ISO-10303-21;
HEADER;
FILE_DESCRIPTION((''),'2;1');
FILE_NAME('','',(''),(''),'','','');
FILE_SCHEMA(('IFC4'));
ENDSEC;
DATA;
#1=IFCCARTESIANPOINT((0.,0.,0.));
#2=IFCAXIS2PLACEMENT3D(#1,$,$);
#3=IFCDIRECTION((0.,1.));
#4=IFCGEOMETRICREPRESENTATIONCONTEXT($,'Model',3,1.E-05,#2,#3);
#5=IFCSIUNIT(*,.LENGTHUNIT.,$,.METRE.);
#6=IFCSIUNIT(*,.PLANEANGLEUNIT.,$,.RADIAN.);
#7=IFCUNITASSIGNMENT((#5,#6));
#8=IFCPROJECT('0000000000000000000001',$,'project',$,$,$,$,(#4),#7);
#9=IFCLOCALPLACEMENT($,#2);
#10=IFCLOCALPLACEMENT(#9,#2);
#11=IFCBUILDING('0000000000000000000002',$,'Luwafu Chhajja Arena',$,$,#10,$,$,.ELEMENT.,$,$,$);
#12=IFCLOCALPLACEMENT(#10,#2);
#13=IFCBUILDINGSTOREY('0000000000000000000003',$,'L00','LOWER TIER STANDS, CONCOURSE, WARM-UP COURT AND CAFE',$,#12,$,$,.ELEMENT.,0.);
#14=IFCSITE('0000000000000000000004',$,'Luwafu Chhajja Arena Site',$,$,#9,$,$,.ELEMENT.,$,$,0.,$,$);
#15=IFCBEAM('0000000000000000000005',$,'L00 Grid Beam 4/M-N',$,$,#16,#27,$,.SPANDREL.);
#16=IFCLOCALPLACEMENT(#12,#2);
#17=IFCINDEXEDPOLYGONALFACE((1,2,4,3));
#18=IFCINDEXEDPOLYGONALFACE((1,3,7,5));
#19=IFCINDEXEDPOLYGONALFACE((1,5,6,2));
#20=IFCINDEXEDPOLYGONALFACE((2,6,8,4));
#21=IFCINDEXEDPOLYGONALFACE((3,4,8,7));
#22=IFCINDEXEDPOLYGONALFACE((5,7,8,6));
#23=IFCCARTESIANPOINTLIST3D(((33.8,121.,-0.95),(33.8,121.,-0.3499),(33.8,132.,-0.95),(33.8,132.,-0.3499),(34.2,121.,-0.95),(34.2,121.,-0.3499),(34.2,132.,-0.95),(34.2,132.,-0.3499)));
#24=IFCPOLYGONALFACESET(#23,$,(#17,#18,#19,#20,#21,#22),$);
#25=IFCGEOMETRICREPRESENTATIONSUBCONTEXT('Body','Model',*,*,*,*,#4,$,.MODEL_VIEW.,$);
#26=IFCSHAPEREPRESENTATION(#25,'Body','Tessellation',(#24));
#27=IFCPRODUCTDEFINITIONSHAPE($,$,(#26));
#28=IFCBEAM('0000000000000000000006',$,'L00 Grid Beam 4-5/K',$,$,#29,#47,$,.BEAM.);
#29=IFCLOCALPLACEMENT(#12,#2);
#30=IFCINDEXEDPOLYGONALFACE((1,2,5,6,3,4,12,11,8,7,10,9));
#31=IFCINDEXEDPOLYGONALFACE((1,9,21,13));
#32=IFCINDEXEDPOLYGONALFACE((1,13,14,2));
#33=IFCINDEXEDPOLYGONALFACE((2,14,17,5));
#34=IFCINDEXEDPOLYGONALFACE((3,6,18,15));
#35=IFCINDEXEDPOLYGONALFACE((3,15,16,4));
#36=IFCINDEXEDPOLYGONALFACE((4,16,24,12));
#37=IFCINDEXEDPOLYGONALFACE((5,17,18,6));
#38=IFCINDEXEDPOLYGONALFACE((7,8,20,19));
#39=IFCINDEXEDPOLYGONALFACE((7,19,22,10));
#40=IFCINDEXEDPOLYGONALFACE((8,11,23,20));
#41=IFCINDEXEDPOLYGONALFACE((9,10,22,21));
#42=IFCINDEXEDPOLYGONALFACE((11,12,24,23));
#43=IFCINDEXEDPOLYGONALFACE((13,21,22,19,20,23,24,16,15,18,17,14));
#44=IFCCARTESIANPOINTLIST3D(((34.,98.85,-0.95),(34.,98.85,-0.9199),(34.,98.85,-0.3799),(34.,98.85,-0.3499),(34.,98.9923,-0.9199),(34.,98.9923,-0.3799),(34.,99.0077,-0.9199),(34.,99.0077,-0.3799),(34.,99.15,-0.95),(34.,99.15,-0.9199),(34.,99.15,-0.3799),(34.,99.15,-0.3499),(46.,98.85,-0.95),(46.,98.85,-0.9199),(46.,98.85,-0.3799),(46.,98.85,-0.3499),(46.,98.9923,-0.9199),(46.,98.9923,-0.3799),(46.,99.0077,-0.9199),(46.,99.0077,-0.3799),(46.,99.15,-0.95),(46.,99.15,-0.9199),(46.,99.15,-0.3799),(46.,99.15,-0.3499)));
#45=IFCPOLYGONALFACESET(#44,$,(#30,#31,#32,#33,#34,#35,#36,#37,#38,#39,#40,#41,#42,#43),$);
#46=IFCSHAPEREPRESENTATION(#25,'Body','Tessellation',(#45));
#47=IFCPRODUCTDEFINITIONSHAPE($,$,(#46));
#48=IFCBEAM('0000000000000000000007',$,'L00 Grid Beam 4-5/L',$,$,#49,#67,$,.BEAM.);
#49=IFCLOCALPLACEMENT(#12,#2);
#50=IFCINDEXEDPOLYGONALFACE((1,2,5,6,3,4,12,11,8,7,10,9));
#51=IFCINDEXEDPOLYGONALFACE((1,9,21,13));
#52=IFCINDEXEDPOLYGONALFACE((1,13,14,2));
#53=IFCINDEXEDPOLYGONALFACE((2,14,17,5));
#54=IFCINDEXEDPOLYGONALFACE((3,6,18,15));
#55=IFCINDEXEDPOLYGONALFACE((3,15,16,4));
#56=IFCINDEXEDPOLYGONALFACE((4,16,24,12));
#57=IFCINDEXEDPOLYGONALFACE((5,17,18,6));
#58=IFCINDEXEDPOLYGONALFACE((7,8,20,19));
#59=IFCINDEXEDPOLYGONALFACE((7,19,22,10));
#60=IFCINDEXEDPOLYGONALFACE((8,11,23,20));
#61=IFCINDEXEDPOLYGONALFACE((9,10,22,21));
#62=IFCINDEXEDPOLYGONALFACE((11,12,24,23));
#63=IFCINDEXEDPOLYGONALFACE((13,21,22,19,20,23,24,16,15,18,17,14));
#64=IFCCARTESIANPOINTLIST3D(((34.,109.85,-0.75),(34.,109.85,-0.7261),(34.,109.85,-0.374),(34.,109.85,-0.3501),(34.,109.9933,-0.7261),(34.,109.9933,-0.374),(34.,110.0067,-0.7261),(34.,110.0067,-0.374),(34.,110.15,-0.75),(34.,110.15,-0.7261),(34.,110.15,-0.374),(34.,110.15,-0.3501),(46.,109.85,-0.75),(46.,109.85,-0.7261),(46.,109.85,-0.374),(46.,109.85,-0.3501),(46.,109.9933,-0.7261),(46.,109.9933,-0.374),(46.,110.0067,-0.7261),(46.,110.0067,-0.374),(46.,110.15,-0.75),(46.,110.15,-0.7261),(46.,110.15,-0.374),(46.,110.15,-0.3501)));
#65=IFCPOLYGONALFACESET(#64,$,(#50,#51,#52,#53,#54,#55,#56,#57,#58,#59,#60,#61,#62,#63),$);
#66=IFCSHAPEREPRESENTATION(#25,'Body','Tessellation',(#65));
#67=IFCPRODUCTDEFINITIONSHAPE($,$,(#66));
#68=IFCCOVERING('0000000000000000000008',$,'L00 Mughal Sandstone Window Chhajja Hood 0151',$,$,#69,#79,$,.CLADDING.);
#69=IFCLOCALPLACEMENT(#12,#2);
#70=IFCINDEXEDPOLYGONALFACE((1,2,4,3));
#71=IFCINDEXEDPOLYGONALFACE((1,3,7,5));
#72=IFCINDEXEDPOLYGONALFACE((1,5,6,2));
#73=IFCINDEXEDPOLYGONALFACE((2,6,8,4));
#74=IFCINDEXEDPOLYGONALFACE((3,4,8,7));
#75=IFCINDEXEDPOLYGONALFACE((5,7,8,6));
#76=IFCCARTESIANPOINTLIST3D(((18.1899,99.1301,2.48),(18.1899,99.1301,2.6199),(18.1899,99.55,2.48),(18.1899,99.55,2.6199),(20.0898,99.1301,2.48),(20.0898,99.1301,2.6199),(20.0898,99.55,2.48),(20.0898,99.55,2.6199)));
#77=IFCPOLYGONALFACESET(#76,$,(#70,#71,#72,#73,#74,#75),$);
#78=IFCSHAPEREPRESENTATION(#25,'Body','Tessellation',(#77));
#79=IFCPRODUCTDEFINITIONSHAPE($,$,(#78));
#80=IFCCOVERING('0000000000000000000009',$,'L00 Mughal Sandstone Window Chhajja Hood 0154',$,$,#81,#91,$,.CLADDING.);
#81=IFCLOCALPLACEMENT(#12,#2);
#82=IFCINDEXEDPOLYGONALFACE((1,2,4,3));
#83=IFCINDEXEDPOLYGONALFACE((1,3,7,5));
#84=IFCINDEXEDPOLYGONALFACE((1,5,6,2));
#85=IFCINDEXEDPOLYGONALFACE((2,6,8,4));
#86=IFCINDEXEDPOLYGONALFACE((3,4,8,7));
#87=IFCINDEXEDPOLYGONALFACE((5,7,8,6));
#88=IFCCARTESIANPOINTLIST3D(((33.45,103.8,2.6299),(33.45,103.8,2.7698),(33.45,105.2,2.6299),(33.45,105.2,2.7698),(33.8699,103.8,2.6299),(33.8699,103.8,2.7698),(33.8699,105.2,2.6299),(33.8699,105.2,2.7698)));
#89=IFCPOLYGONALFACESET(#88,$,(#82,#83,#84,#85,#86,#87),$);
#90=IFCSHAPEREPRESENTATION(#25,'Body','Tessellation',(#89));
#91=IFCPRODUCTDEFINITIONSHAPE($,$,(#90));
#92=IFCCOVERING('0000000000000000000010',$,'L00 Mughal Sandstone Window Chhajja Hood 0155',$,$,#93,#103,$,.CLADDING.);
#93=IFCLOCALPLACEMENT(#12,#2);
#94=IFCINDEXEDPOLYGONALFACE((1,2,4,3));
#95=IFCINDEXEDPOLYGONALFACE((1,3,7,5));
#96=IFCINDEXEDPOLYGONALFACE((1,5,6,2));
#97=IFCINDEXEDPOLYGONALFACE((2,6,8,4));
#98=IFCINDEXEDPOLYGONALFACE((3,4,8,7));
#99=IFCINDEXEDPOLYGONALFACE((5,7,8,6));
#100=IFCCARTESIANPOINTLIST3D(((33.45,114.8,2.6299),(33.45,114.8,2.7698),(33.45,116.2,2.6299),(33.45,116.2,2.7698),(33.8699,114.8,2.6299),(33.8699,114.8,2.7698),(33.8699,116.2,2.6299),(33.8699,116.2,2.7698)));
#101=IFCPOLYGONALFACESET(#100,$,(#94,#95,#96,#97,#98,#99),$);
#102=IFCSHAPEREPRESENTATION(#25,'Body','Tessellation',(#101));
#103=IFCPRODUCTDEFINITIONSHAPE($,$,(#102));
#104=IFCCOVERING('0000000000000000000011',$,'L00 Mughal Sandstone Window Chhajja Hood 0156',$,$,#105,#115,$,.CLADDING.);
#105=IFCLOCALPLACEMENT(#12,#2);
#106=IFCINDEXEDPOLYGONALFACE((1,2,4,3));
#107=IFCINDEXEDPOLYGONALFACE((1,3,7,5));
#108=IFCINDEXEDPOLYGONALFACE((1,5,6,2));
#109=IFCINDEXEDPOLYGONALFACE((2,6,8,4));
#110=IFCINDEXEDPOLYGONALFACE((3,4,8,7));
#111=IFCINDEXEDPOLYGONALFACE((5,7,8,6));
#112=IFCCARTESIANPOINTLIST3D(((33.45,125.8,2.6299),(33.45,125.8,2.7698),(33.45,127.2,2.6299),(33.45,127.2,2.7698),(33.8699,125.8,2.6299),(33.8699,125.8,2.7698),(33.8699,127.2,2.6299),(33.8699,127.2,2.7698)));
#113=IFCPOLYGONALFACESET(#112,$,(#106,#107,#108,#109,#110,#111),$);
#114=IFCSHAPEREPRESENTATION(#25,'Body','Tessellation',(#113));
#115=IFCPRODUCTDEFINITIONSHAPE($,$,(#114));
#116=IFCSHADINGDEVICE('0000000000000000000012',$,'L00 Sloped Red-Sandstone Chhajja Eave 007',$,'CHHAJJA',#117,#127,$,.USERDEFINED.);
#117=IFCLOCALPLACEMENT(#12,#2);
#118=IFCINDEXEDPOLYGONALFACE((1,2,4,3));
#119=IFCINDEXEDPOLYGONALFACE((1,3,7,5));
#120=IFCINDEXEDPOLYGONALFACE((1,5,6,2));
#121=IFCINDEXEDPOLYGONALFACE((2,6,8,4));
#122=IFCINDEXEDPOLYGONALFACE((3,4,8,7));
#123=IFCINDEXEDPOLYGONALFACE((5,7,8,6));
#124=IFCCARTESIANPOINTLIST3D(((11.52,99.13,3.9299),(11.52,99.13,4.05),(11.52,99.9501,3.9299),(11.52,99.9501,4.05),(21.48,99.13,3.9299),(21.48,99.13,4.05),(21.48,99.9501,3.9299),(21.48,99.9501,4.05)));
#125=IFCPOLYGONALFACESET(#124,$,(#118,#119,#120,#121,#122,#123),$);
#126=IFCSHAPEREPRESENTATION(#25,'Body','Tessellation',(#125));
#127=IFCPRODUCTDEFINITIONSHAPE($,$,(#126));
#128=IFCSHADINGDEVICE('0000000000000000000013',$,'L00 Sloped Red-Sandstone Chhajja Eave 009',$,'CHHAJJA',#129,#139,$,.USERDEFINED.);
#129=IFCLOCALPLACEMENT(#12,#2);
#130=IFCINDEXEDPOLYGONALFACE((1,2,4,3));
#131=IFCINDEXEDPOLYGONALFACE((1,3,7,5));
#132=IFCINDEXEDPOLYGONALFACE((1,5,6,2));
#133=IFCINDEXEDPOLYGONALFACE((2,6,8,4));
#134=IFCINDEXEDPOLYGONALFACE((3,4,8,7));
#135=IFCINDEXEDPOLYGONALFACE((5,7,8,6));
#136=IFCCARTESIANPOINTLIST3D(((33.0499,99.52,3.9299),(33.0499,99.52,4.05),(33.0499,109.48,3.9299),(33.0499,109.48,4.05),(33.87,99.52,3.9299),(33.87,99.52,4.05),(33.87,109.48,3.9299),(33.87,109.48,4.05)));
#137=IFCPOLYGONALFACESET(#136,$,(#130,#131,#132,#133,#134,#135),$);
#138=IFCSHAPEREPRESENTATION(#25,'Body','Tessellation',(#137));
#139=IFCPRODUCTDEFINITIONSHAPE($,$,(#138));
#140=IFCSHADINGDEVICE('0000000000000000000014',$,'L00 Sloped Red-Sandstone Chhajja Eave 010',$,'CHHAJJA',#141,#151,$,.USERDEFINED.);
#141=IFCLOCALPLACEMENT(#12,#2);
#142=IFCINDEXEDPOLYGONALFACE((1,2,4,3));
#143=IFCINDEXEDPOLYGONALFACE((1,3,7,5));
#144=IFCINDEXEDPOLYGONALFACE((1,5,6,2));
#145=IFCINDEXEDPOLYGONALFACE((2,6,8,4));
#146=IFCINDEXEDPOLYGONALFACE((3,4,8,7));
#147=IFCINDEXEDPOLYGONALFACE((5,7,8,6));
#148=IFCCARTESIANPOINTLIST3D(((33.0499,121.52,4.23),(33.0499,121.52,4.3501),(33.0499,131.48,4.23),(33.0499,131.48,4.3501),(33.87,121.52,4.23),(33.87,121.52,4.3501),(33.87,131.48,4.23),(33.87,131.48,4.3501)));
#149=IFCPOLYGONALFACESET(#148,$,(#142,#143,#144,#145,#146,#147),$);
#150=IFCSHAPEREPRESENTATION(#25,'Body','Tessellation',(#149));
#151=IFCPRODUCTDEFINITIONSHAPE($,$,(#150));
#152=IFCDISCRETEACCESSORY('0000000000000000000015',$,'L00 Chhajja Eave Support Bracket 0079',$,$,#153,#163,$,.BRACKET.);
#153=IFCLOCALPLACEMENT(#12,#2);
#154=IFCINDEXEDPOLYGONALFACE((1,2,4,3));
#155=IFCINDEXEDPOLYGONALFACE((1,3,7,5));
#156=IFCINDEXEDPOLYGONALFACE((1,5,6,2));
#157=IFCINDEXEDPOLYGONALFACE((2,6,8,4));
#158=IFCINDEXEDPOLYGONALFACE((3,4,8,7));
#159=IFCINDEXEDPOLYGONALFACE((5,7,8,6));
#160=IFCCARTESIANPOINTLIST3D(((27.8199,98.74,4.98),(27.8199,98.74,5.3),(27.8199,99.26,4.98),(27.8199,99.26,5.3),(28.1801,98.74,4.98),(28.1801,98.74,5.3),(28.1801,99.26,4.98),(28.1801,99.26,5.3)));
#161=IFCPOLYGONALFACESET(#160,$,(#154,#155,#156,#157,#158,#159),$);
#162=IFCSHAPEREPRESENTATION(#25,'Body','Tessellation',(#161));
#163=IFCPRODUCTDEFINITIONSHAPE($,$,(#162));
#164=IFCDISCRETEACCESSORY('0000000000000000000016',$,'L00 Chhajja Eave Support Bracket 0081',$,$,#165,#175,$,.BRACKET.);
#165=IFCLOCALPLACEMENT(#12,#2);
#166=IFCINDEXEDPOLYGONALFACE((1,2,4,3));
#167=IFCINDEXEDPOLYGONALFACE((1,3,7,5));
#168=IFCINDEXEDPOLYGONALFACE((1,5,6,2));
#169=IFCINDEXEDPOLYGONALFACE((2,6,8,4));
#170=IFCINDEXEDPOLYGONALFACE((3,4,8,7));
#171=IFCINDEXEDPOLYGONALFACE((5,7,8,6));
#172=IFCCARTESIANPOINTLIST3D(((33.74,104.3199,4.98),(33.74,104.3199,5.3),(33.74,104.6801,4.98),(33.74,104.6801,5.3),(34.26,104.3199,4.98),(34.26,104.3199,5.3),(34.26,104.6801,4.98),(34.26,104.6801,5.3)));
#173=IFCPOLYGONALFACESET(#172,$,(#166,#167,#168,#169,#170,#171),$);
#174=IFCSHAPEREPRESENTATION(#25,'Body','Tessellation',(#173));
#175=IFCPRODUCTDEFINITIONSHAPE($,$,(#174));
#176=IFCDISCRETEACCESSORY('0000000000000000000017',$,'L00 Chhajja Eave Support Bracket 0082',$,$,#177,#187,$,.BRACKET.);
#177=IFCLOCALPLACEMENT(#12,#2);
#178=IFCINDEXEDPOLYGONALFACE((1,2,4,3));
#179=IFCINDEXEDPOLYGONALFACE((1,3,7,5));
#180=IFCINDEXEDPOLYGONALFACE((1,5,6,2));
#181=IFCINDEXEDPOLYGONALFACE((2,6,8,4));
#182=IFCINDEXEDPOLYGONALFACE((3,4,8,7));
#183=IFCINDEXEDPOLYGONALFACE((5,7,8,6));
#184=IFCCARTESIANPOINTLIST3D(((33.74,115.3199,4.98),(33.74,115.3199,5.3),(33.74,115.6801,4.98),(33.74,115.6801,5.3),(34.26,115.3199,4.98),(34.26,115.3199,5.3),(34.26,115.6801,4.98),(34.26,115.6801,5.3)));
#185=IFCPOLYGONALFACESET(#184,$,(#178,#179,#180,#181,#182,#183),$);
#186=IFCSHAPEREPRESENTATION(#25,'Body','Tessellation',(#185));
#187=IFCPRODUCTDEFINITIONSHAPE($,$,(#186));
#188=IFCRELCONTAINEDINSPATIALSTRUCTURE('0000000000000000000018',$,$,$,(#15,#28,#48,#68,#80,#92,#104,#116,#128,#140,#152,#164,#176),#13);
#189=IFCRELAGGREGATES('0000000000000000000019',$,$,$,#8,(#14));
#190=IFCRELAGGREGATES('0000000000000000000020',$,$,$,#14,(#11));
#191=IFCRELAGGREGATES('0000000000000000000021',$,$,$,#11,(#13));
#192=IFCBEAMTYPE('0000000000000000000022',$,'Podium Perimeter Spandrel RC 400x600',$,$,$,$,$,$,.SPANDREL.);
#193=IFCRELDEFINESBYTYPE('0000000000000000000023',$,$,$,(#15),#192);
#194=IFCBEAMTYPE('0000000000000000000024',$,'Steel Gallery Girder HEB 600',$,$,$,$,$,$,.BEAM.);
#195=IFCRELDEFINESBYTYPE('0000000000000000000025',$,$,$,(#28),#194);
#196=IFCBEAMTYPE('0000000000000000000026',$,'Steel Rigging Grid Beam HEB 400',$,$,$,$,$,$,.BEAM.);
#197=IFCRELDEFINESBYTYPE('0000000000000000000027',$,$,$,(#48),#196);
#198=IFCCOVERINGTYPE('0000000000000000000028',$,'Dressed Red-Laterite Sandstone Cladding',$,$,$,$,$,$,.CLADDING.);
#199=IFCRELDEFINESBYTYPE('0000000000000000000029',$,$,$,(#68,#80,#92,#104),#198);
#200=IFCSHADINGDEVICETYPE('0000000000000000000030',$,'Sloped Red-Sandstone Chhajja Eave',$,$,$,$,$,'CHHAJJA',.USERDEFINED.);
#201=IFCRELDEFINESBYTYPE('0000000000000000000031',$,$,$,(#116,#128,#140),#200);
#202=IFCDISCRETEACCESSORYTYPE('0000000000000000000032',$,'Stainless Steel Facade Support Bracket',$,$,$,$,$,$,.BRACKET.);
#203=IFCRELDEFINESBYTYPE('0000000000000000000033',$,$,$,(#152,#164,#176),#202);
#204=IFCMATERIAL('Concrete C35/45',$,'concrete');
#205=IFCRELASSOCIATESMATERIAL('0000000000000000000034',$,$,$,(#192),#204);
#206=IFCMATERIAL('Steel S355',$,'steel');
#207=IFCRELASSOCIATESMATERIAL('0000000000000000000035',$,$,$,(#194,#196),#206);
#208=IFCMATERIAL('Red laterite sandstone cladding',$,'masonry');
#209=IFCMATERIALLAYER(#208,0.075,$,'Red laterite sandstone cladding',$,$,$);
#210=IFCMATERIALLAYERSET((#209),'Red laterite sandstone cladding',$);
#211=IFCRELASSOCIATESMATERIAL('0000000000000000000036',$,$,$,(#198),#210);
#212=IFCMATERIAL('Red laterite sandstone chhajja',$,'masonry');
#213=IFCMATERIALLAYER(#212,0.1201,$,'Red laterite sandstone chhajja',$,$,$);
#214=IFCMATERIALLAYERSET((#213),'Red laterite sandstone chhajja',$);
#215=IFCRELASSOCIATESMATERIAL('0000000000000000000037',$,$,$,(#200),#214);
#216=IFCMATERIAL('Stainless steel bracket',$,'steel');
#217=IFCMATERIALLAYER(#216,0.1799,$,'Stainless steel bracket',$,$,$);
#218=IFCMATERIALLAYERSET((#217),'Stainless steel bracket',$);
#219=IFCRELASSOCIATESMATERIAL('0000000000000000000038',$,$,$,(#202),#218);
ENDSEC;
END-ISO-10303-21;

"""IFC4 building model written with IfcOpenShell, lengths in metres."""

from ifc_helpers import new_model, si_unit, direction, frame, origin, origin_2d, place, context, subcontext, project, spatial, rectangle, i_section, extrude, material, layer, layer_set, material_profile, profile_set, type_object, element, save


model = new_model("IFC4")

# Units and contexts
model_context = context("Model", 3, precision=1e-05, world=origin(), true_north=direction((0.0, 1.0)))
body_context = subcontext(model_context, "Body", "Model", "MODEL_VIEW")
ifc_project = project(units=[si_unit("LENGTHUNIT", "METRE"), si_unit("PLANEANGLEUNIT", "RADIAN")], contexts=[model_context])

# Site, building, storey
site_placement = place(None, origin())
site = spatial("IfcSite", under=ifc_project, at=site_placement, Name="Luwafu Chhajja Arena Site", CompositionType="ELEMENT", RefElevation=0.0)
building_placement = place(site_placement, origin())
building = spatial("IfcBuilding", under=site, at=building_placement, Name="Luwafu Chhajja Arena", CompositionType="ELEMENT")
storey_placement = place(building_placement, origin())
storey = spatial("IfcBuildingStorey", under=building, at=storey_placement, Name="L00", Description="LOWER TIER STANDS, CONCOURSE, WARM-UP COURT AND CAFE", CompositionType="ELEMENT", Elevation=0.0)

# Shared definitions
ifc_material_1 = material(Name="Concrete C35/45", Category="concrete")

# Beams
ifc_material_2 = material(Name="Steel S355", Category="steel")
ifc_material_profile_1 = material_profile(ifc_material_1, rectangle(XDim=0.3999, YDim=0.6001, at=origin_2d()), Name="RC 400x600")
ifc_profile_set_1 = profile_set([ifc_material_profile_1], Name="Concrete C35/45")
beam_type_1 = type_object("IfcBeamType", Name="Podium Perimeter Spandrel RC 400x600", PredefinedType="SPANDREL", material=ifc_profile_set_1)
beam_1_placement = place(storey_placement, frame((34.0, 121.0, -0.6499), z_axis=(0.0, 1.0, 0.0), x_axis=(-1.0, 0.0, 0.0)))
element("IfcBeam", 1, at=beam_1_placement, inside=storey, type_object=beam_type_1, Name="L00 Grid Beam 4/M-N", PredefinedType="SPANDREL", context=body_context, shape_type="SweptSolid", body=[
    extrude(rectangle(XDim=0.3999, YDim=0.6001, at=origin_2d()), origin(), (0.0, 0.0, 1.0), 11.0),
])
ifc_material_profile_2 = material_profile(ifc_material_2, i_section(OverallWidth=0.3, OverallDepth=0.6001, WebThickness=0.0154, FlangeThickness=0.03, at=origin_2d()), Name="HEB 600")
ifc_profile_set_2 = profile_set([ifc_material_profile_2], Name="Steel S355")
beam_type_2 = type_object("IfcBeamType", Name="Steel Gallery Girder HEB 600", PredefinedType="BEAM", material=ifc_profile_set_2)
beam_2_placement = place(storey_placement, frame((34.0, 99.0, -0.6499), z_axis=(1.0, 0.0, 0.0), x_axis=(0.0, 1.0, 0.0)))
element("IfcBeam", 2, at=beam_2_placement, inside=storey, type_object=beam_type_2, Name="L00 Grid Beam 4-5/K", PredefinedType="BEAM", context=body_context, shape_type="SweptSolid", body=[
    extrude(i_section(OverallWidth=0.3, OverallDepth=0.6001, WebThickness=0.0154, FlangeThickness=0.03, at=origin_2d()), origin(), (0.0, 0.0, 1.0), 12.0),
])
ifc_material_profile_3 = material_profile(ifc_material_2, i_section(OverallWidth=0.3, OverallDepth=0.3999, WebThickness=0.0134, FlangeThickness=0.0239, at=origin_2d()), Name="HEB 400")
ifc_profile_set_3 = profile_set([ifc_material_profile_3], Name="Steel S355")
beam_type_3 = type_object("IfcBeamType", Name="Steel Rigging Grid Beam HEB 400", PredefinedType="BEAM", material=ifc_profile_set_3)
beam_3_placement = place(storey_placement, frame((34.0, 110.0, -0.55), z_axis=(1.0, 0.0, 0.0), x_axis=(0.0, 1.0, 0.0)))
element("IfcBeam", 3, at=beam_3_placement, inside=storey, type_object=beam_type_3, Name="L00 Grid Beam 4-5/L", PredefinedType="BEAM", context=body_context, shape_type="SweptSolid", body=[
    extrude(i_section(OverallWidth=0.3, OverallDepth=0.3999, WebThickness=0.0134, FlangeThickness=0.0239, at=origin_2d()), origin(), (0.0, 0.0, 1.0), 12.0),
])

# Coverings
ifc_material_3 = material(Name="Red laterite sandstone cladding", Category="masonry")
ifc_layer_1 = layer(ifc_material_3, 0.075, Name="Red laterite sandstone cladding")
ifc_layer_set_1 = layer_set([ifc_layer_1], Name="Red laterite sandstone cladding")
covering_type = type_object("IfcCoveringType", Name="Dressed Red-Laterite Sandstone Cladding", PredefinedType="CLADDING", material=ifc_layer_set_1)
covering_placement = place(storey_placement, frame((19.1399, 99.3401, 2.48), z_axis=(0.0, 0.0, 1.0), x_axis=(1.0, 0.0, 0.0)))
element("IfcCovering", 4, at=covering_placement, inside=storey, type_object=covering_type, Name="L00 Mughal Sandstone Window Chhajja Hood 0151", PredefinedType="CLADDING", context=body_context, shape_type="SweptSolid", body=[
    extrude(rectangle(XDim=1.8999, YDim=0.4199, at=origin_2d()), origin(), (0.0, 0.0, 1.0), 0.1399),
])
for number, where, z_axis, x_axis, name in (
    (5, (33.6599, 104.5, 2.6299), (0.0, 0.0, 1.0), (0.0, 1.0, 0.0), "L00 Mughal Sandstone Window Chhajja Hood 0154"),
    (6, (33.6599, 115.5, 2.6299), (0.0, 0.0, 1.0), (0.0, 1.0, 0.0), "L00 Mughal Sandstone Window Chhajja Hood 0155"),
    (7, (33.6599, 126.5, 2.6299), (0.0, 0.0, 1.0), (0.0, 1.0, 0.0), "L00 Mughal Sandstone Window Chhajja Hood 0156"),
):
    element("IfcCovering", number, at=place(storey_placement, frame(where, z_axis=z_axis, x_axis=x_axis)), inside=storey, type_object=covering_type, Name=name, PredefinedType="CLADDING", context=body_context, shape_type="SweptSolid", body=[
        extrude(rectangle(XDim=1.3999, YDim=0.4199, at=origin_2d()), origin(), (0.0, 0.0, 1.0), 0.1399),
    ])

# Shading devices
ifc_material_4 = material(Name="Red laterite sandstone chhajja", Category="masonry")
ifc_layer_2 = layer(ifc_material_4, 0.1201, Name="Red laterite sandstone chhajja")
ifc_layer_set_2 = layer_set([ifc_layer_2], Name="Red laterite sandstone chhajja")
shading_device_type = type_object("IfcShadingDeviceType", Name="Sloped Red-Sandstone Chhajja Eave", ElementType="CHHAJJA", PredefinedType="USERDEFINED", material=ifc_layer_set_2)
for number, where, z_axis, x_axis, name in (
    (8, (16.5, 99.54, 3.9299), (0.0, 0.0, 1.0), (1.0, 0.0, 0.0), "L00 Sloped Red-Sandstone Chhajja Eave 007"),
    (9, (33.46, 104.5, 3.9299), (0.0, 0.0, 1.0), (0.0, 1.0, 0.0), "L00 Sloped Red-Sandstone Chhajja Eave 009"),
    (10, (33.46, 126.5, 4.23), (0.0, 0.0, 1.0), (0.0, 1.0, 0.0), "L00 Sloped Red-Sandstone Chhajja Eave 010"),
):
    element("IfcShadingDevice", number, at=place(storey_placement, frame(where, z_axis=z_axis, x_axis=x_axis)), inside=storey, type_object=shading_device_type, Name=name, ObjectType="CHHAJJA", PredefinedType="USERDEFINED", context=body_context, shape_type="SweptSolid", body=[
        extrude(rectangle(XDim=9.96, YDim=0.8201, at=origin_2d()), origin(), (0.0, 0.0, 1.0), 0.1201),
    ])

# Discrete accessories
ifc_material_5 = material(Name="Stainless steel bracket", Category="steel")
ifc_layer_3 = layer(ifc_material_5, 0.1799, Name="Stainless steel bracket")
ifc_layer_set_3 = layer_set([ifc_layer_3], Name="Stainless steel bracket")
discrete_accessory_type = type_object("IfcDiscreteAccessoryType", Name="Stainless Steel Facade Support Bracket", PredefinedType="BRACKET", material=ifc_layer_set_3)
for number, where, z_axis, x_axis, name in (
    (11, (28.0, 99.0, 4.98), (0.0, 0.0, 1.0), (1.0, 0.0, 0.0), "L00 Chhajja Eave Support Bracket 0079"),
    (12, (34.0, 104.5, 4.98), (0.0, 0.0, 1.0), (0.0, 1.0, 0.0), "L00 Chhajja Eave Support Bracket 0081"),
    (13, (34.0, 115.5, 4.98), (0.0, 0.0, 1.0), (0.0, 1.0, 0.0), "L00 Chhajja Eave Support Bracket 0082"),
):
    element("IfcDiscreteAccessory", number, at=place(storey_placement, frame(where, z_axis=z_axis, x_axis=x_axis)), inside=storey, type_object=discrete_accessory_type, Name=name, PredefinedType="BRACKET", context=body_context, shape_type="SweptSolid", body=[
        extrude(rectangle(XDim=0.3601, YDim=0.52, at=origin_2d()), origin(), (0.0, 0.0, 1.0), 0.3201),
    ])

save(model, "model.ifc")
